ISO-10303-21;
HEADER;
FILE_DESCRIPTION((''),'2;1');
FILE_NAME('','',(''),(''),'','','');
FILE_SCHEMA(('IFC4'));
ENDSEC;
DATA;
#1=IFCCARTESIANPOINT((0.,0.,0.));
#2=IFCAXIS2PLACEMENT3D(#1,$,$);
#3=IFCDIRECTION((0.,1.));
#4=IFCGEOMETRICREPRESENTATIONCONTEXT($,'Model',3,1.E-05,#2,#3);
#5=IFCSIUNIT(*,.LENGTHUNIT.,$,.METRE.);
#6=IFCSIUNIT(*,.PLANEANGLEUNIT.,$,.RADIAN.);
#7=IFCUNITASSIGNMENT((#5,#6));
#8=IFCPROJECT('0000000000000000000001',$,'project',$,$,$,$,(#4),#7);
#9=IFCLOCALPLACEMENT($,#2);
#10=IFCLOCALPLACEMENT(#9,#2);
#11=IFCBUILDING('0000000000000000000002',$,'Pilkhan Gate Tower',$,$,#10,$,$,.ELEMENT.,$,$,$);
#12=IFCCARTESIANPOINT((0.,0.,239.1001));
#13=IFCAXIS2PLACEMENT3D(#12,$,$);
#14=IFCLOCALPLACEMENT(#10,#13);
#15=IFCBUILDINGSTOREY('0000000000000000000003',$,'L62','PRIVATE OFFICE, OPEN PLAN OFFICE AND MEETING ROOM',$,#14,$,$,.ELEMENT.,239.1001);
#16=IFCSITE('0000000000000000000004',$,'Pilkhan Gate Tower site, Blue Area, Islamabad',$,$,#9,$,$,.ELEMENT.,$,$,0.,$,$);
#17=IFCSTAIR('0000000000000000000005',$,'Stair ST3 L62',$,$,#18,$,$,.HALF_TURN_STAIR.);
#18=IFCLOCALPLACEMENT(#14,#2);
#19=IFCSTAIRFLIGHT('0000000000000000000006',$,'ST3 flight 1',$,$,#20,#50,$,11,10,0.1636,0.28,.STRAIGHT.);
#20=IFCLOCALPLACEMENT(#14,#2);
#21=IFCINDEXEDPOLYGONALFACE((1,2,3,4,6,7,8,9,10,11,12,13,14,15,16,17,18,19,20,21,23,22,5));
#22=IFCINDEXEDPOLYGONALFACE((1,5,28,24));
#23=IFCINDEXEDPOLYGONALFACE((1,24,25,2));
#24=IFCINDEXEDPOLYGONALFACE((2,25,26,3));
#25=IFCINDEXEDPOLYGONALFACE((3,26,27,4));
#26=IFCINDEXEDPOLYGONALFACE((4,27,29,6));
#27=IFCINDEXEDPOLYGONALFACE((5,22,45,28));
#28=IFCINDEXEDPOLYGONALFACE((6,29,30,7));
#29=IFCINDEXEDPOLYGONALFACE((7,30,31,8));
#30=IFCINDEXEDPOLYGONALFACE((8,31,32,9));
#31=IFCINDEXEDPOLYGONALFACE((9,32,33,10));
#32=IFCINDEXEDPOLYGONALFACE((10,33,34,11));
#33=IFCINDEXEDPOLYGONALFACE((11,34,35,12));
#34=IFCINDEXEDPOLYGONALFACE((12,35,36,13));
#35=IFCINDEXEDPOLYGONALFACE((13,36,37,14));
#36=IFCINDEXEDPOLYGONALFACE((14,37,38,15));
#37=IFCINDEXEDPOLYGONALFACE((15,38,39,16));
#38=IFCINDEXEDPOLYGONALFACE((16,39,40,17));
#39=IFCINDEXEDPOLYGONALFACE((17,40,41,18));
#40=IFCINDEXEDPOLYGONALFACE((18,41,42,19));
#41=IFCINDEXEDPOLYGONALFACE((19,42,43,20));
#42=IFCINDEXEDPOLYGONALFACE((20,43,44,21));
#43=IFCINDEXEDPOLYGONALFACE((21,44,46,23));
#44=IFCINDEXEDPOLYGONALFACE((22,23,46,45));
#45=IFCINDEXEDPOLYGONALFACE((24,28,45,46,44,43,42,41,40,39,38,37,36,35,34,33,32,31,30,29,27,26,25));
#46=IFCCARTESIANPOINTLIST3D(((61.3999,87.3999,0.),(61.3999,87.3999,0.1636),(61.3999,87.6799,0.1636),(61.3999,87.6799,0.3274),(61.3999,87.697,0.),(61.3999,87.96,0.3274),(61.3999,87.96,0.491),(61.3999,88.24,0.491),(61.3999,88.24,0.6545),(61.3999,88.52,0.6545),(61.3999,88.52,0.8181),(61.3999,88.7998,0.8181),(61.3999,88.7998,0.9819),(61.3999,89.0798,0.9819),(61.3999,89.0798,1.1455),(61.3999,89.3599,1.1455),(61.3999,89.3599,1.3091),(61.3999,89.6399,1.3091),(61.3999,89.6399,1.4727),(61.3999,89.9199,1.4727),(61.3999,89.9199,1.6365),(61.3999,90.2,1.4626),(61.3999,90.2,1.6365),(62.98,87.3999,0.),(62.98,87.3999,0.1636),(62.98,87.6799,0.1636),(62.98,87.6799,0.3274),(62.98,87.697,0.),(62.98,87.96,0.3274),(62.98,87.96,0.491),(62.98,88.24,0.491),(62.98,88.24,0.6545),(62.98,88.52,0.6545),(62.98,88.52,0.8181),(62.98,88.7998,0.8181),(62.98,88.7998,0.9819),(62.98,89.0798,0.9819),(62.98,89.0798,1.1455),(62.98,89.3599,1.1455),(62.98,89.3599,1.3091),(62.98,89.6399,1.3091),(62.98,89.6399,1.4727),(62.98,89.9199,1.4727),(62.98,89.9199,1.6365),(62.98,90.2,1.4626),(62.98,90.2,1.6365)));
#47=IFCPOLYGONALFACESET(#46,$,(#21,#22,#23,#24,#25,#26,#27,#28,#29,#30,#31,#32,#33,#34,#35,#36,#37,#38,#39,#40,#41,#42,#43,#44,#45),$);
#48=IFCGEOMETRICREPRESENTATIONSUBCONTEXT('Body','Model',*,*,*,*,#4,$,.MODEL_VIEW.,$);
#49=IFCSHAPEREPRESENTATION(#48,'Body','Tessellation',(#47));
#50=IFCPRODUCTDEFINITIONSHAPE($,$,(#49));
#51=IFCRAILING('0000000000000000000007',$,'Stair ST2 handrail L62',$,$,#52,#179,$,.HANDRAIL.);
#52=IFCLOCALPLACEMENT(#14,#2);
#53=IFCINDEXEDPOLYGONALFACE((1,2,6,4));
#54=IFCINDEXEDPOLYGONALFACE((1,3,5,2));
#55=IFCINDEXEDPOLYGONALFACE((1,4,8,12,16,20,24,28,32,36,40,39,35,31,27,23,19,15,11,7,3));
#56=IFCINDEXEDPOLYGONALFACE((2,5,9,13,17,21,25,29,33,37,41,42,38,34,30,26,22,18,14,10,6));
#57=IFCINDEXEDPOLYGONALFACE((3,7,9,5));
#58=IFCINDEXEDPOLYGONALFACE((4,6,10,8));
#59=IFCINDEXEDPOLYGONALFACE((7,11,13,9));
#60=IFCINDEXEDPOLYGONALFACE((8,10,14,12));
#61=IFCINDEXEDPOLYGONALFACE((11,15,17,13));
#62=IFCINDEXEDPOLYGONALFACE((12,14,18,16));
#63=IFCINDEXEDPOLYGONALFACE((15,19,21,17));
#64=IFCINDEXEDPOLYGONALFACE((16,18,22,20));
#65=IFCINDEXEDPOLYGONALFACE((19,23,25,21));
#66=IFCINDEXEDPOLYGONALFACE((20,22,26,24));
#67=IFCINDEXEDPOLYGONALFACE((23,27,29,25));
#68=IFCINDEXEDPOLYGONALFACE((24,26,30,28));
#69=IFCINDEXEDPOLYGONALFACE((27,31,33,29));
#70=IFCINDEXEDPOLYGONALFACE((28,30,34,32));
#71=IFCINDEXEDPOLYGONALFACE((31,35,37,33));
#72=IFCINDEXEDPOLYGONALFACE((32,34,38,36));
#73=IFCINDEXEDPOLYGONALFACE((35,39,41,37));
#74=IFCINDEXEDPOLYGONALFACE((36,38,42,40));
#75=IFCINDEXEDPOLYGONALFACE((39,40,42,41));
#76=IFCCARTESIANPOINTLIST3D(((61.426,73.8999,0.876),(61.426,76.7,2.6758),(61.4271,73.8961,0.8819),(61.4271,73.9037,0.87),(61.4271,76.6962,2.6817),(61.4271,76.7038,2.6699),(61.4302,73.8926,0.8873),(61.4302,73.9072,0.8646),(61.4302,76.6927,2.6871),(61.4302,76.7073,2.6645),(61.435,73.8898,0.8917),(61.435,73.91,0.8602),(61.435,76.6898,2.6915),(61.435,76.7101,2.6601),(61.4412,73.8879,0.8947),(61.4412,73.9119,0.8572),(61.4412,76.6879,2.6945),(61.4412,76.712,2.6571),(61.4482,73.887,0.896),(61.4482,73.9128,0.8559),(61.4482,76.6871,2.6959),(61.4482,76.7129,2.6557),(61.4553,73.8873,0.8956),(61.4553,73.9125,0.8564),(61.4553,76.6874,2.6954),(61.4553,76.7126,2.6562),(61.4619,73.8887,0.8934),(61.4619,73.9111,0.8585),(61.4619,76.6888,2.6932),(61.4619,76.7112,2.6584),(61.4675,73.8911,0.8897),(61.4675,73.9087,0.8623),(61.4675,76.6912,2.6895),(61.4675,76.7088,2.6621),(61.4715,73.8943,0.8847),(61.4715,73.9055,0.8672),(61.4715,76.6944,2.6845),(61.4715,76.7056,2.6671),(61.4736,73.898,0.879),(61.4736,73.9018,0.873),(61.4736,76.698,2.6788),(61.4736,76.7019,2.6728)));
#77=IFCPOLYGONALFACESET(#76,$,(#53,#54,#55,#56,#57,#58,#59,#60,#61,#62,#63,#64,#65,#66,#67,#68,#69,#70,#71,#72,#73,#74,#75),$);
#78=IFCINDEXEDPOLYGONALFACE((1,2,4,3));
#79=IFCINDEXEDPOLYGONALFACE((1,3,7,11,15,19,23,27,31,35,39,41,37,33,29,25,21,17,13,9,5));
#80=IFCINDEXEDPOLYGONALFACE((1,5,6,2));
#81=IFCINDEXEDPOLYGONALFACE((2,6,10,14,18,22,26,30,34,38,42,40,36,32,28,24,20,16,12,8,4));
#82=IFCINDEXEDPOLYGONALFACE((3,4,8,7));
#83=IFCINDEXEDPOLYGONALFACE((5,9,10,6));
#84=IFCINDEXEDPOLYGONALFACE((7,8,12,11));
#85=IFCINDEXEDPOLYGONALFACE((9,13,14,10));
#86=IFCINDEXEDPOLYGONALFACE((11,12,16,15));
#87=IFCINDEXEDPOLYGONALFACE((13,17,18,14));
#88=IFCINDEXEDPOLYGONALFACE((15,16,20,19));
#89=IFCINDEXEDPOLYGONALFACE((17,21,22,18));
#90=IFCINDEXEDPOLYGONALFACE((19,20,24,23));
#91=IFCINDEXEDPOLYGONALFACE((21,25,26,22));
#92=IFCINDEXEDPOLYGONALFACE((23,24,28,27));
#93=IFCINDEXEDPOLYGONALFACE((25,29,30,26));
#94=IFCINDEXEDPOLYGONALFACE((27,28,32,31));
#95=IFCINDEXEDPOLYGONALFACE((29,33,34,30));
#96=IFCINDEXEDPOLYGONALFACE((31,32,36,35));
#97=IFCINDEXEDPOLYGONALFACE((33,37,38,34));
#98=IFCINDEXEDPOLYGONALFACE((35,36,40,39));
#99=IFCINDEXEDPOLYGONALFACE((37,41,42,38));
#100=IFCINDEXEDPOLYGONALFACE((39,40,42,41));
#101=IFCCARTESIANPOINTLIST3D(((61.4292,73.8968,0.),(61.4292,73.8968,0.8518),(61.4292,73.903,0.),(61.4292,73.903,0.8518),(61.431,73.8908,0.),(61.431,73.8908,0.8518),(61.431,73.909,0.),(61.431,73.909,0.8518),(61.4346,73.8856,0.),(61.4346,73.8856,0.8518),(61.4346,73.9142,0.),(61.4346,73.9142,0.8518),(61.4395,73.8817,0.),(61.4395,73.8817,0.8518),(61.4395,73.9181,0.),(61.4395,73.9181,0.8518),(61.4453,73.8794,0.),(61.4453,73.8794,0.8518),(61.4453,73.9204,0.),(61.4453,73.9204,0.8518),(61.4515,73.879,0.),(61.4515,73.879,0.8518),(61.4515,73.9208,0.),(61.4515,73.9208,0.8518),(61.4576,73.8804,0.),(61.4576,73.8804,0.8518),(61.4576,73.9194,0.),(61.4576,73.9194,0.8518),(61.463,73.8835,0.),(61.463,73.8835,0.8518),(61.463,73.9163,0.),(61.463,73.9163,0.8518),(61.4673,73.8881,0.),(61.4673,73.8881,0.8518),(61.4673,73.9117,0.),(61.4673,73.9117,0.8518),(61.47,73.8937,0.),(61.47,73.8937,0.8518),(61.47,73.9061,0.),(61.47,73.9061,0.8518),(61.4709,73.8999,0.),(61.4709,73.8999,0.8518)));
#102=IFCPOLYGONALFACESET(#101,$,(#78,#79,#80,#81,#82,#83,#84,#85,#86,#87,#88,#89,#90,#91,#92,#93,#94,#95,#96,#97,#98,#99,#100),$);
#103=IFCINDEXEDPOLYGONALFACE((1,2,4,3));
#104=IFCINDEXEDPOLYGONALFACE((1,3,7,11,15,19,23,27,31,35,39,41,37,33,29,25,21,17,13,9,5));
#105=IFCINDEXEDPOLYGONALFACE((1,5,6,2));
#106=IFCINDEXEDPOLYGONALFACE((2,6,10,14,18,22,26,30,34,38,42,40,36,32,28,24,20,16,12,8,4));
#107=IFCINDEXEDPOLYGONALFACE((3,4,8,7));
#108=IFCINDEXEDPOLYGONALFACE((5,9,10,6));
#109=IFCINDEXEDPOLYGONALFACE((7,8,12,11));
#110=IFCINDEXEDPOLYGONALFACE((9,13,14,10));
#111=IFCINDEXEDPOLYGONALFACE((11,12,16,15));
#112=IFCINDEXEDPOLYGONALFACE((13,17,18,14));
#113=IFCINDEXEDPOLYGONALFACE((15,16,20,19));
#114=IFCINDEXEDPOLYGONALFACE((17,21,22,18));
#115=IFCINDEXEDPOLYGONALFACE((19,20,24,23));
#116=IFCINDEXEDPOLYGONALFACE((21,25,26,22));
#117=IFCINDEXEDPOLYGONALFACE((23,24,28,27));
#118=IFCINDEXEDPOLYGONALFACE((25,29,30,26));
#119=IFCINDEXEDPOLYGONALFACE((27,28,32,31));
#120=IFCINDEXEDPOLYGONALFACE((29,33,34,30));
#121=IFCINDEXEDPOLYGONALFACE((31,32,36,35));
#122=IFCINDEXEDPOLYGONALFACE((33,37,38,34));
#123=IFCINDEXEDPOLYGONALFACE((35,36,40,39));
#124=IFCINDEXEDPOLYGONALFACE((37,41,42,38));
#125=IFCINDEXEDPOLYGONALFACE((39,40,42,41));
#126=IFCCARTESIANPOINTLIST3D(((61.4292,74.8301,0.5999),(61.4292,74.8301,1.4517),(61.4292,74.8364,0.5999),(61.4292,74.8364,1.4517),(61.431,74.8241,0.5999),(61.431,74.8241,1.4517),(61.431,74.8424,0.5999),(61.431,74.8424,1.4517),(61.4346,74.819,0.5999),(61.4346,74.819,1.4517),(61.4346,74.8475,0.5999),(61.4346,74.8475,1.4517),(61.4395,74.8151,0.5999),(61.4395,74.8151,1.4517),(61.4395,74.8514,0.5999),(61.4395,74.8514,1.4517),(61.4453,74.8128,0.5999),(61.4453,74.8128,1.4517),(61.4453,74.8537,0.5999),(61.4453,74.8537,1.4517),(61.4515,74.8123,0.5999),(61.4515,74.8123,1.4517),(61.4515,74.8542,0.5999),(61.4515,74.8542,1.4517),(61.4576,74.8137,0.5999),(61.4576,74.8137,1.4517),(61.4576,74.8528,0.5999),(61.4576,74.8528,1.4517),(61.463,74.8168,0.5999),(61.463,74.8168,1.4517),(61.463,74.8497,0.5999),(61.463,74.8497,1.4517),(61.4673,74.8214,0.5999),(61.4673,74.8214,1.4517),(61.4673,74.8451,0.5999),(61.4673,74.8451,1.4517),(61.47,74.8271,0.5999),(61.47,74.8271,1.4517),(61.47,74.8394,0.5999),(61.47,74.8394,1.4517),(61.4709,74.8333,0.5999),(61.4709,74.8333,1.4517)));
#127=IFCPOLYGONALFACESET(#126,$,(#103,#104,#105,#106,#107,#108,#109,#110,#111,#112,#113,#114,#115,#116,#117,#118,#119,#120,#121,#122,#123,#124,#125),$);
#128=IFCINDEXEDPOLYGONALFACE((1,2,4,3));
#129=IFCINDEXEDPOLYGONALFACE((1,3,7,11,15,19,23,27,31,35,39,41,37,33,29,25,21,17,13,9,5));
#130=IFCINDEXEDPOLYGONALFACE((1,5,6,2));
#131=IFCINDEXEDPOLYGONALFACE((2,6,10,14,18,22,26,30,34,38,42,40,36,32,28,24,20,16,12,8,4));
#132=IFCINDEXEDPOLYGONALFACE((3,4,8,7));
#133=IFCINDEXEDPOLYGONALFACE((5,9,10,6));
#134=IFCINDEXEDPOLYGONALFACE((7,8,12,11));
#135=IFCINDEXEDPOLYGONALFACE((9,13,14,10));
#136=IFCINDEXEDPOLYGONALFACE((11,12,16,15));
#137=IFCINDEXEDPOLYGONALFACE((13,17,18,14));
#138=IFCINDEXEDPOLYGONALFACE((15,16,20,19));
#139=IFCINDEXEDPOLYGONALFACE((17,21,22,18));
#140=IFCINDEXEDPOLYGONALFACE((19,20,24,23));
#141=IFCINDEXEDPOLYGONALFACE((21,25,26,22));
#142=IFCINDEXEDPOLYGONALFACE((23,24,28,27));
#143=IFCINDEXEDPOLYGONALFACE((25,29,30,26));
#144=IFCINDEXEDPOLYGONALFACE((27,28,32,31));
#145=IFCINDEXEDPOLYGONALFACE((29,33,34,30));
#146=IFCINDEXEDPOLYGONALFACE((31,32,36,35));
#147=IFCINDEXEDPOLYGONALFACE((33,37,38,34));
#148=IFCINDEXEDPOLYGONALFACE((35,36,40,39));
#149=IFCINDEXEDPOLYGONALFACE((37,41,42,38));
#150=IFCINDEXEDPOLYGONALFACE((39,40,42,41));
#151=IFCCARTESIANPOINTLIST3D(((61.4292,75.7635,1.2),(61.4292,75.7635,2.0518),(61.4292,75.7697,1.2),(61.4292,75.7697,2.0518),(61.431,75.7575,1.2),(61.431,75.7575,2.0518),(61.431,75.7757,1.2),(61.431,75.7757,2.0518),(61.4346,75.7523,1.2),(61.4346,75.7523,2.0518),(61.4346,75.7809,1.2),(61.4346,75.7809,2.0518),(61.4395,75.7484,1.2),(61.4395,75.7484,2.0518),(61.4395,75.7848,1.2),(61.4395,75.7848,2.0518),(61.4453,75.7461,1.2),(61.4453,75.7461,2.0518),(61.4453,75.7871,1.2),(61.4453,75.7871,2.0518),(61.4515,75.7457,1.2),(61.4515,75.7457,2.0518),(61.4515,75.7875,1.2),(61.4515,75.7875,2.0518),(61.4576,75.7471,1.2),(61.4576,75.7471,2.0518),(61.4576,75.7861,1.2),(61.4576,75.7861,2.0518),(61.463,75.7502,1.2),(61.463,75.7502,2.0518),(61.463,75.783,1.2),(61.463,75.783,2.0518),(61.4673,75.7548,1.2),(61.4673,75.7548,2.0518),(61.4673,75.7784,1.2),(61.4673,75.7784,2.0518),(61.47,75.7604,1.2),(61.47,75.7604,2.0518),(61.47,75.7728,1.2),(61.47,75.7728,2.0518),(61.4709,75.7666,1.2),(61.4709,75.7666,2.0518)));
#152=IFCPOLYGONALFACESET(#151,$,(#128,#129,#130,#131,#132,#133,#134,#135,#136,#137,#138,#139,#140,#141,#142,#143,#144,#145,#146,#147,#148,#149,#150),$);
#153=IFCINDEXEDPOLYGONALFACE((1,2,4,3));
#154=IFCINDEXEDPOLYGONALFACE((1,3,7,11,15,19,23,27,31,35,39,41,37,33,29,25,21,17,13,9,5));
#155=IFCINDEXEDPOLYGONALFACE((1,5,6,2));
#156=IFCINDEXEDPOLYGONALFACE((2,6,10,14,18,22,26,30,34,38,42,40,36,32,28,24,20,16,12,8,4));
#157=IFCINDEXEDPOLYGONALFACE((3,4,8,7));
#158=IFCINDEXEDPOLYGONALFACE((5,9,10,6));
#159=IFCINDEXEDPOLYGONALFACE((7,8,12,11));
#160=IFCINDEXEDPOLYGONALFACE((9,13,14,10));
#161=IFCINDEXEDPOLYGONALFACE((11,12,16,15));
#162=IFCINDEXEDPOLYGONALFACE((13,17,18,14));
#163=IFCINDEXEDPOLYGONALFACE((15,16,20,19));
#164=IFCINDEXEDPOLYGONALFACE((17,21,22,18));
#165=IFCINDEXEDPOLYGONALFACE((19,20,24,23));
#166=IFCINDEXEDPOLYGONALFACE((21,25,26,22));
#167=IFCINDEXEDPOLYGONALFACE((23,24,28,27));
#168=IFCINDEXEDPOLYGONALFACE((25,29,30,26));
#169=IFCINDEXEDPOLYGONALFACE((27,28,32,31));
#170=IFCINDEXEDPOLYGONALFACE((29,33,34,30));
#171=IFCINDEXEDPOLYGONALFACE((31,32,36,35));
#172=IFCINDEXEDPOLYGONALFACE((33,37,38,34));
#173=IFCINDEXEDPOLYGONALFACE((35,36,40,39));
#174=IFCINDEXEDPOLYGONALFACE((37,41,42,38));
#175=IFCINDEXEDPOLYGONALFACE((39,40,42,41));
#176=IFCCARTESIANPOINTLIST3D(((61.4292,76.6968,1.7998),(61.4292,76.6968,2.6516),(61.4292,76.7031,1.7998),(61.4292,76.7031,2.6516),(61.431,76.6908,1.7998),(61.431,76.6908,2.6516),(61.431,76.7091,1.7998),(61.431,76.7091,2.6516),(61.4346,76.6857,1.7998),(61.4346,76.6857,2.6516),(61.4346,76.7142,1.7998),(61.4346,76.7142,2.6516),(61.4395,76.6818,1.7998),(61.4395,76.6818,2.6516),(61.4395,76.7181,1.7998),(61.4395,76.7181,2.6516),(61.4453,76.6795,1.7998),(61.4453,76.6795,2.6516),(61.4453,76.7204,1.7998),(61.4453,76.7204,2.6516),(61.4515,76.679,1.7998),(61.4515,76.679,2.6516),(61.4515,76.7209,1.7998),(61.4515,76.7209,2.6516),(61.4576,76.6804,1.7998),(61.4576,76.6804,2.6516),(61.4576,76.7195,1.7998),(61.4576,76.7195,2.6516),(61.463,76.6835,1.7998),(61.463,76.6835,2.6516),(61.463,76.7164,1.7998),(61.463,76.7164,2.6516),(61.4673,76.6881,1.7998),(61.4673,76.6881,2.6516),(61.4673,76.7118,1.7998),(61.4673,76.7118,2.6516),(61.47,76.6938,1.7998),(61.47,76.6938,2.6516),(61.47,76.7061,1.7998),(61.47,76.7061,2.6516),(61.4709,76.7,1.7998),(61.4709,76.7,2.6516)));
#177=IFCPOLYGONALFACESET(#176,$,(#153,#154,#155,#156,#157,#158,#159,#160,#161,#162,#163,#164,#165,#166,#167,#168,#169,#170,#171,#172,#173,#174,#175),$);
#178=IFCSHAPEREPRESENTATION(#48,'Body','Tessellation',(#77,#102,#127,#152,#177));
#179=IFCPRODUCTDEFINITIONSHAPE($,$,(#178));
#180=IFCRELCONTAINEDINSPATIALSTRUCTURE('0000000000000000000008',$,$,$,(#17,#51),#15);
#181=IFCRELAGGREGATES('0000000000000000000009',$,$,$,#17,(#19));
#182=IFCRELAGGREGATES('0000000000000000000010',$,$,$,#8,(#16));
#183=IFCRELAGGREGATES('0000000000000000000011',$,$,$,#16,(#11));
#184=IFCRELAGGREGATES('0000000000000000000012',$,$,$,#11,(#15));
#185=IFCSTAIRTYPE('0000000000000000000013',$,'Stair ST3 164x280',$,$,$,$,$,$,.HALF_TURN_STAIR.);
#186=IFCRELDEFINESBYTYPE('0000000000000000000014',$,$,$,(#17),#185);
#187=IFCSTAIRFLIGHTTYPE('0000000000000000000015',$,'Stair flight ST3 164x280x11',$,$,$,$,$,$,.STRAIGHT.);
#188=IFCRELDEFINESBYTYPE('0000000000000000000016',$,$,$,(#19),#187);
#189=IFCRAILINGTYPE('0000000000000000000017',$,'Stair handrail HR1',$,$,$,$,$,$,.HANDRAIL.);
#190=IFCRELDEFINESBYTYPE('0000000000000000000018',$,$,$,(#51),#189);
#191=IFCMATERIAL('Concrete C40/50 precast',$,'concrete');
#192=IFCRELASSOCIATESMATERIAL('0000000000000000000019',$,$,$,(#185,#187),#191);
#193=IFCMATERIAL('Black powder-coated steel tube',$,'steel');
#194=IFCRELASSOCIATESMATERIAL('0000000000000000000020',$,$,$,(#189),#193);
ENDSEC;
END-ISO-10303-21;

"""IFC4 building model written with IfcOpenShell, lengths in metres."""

from ifc_helpers import new_model, si_unit, direction, frame, origin, origin_2d, place, context, subcontext, project, spatial, polyline, circle, outline, extrude, material, type_object, element, aggregate, save


model = new_model("IFC4")

# Units and contexts
model_context = context("Model", 3, precision=1e-05, world=origin(), true_north=direction((0.0, 1.0)))
body_context = subcontext(model_context, "Body", "Model", "MODEL_VIEW")
ifc_project = project(units=[si_unit("LENGTHUNIT", "METRE"), si_unit("PLANEANGLEUNIT", "RADIAN")], contexts=[model_context])

# Site, building, storey
site_placement = place(None, origin())
site = spatial("IfcSite", under=ifc_project, at=site_placement, Name="Pilkhan Gate Tower site, Blue Area, Islamabad", CompositionType="ELEMENT", RefElevation=0.0)
building_placement = place(site_placement, origin())
building = spatial("IfcBuilding", under=site, at=building_placement, Name="Pilkhan Gate Tower", CompositionType="ELEMENT")
storey_placement = place(building_placement, frame((0.0, 0.0, 239.1001)))
storey = spatial("IfcBuildingStorey", under=building, at=storey_placement, Name="L62", Description="PRIVATE OFFICE, OPEN PLAN OFFICE AND MEETING ROOM", CompositionType="ELEMENT", Elevation=239.1001)

# Shared definitions
ifc_material_1 = material(Name="Concrete C40/50 precast", Category="concrete")

# Stair, stair flight
stair_type_1 = type_object("IfcStairType", Name="Stair ST3 164x280", PredefinedType="HALF_TURN_STAIR", material=ifc_material_1)
stair_1_placement = place(storey_placement, origin())
stair_1 = element("IfcStair", 1, at=stair_1_placement, inside=storey, type_object=stair_type_1, Name="Stair ST3 L62", PredefinedType="HALF_TURN_STAIR")
stair_flight_type_1 = type_object("IfcStairFlightType", Name="Stair flight ST3 164x280x11", PredefinedType="STRAIGHT", material=ifc_material_1)
stair_flight_1_placement = place(storey_placement, frame((62.1899, 87.3999, 0.0), z_axis=(0.0, 0.0, 1.0), x_axis=(0.0, 1.0, 0.0)))
stair_flight_1 = element("IfcStairFlight", 2, at=stair_flight_1_placement, type_object=stair_flight_type_1, Name="ST3 flight 1", NumberOfRisers=11, NumberOfTreads=10, PredefinedType="STRAIGHT", RiserHeight=0.1636, TreadLength=0.28, context=body_context, shape_type="SweptSolid", body=[
    extrude(outline(polyline([(0.0, 0.0), (0.0, 0.1636), (0.28, 0.1636), (0.28, 0.3274), (0.5601, 0.3274), (0.5601, 0.491), (0.8401, 0.491), (0.8401, 0.6545), (1.1201, 0.6545), (1.1201, 0.8181), (1.3999, 0.8181), (1.3999, 0.9819), (1.6799, 0.9819), (1.6799, 1.1455), (1.96, 1.1455), (1.96, 1.3091), (2.24, 1.3091), (2.24, 1.4727), (2.52, 1.4727), (2.52, 1.6365), (2.8, 1.6365), (2.8, 1.8), (2.8, 1.4626), (0.2971, 0.0), (0.0, 0.0)])), frame((0.0, 0.79, 0.0), z_axis=(0.0, -1.0, 0.0), x_axis=(1.0, 0.0, 0.0)), (0.0, 0.0, 1.0), 1.5801),
])
aggregate(stair_1, [stair_flight_1])

# Railing
ifc_material_2 = material(Name="Black powder-coated steel tube", Category="steel")
railing_type_1 = type_object("IfcRailingType", Name="Stair handrail HR1", PredefinedType="HANDRAIL", material=ifc_material_2)
railing_1_placement = place(storey_placement, frame((61.45, 73.8999, 0.0)))
element("IfcRailing", 3, at=railing_1_placement, inside=storey, type_object=railing_type_1, Name="Stair ST2 handrail L62", PredefinedType="HANDRAIL", context=body_context, shape_type="SweptSolid", body=[
    extrude(circle(Radius=0.0239, at=origin_2d()), frame((0.0, 0.0, 0.876), z_axis=(0.0, 0.841209, 0.540709), x_axis=(-1.0, 0.0, 0.0)), (0.0, 0.0, 1.0), 3.3286),
    extrude(circle(Radius=0.021, at=origin_2d()), origin(), (0.0, 0.0, 1.0), 0.8518),
    extrude(circle(Radius=0.021, at=origin_2d()), frame((0.0, 0.9333, 0.5999)), (0.0, 0.0, 1.0), 0.8518),
    extrude(circle(Radius=0.021, at=origin_2d()), frame((0.0, 1.8667, 1.2)), (0.0, 0.0, 1.0), 0.8518),
    extrude(circle(Radius=0.021, at=origin_2d()), frame((0.0, 2.8, 1.7998)), (0.0, 0.0, 1.0), 0.8518),
])

save(model, "model.ifc")
